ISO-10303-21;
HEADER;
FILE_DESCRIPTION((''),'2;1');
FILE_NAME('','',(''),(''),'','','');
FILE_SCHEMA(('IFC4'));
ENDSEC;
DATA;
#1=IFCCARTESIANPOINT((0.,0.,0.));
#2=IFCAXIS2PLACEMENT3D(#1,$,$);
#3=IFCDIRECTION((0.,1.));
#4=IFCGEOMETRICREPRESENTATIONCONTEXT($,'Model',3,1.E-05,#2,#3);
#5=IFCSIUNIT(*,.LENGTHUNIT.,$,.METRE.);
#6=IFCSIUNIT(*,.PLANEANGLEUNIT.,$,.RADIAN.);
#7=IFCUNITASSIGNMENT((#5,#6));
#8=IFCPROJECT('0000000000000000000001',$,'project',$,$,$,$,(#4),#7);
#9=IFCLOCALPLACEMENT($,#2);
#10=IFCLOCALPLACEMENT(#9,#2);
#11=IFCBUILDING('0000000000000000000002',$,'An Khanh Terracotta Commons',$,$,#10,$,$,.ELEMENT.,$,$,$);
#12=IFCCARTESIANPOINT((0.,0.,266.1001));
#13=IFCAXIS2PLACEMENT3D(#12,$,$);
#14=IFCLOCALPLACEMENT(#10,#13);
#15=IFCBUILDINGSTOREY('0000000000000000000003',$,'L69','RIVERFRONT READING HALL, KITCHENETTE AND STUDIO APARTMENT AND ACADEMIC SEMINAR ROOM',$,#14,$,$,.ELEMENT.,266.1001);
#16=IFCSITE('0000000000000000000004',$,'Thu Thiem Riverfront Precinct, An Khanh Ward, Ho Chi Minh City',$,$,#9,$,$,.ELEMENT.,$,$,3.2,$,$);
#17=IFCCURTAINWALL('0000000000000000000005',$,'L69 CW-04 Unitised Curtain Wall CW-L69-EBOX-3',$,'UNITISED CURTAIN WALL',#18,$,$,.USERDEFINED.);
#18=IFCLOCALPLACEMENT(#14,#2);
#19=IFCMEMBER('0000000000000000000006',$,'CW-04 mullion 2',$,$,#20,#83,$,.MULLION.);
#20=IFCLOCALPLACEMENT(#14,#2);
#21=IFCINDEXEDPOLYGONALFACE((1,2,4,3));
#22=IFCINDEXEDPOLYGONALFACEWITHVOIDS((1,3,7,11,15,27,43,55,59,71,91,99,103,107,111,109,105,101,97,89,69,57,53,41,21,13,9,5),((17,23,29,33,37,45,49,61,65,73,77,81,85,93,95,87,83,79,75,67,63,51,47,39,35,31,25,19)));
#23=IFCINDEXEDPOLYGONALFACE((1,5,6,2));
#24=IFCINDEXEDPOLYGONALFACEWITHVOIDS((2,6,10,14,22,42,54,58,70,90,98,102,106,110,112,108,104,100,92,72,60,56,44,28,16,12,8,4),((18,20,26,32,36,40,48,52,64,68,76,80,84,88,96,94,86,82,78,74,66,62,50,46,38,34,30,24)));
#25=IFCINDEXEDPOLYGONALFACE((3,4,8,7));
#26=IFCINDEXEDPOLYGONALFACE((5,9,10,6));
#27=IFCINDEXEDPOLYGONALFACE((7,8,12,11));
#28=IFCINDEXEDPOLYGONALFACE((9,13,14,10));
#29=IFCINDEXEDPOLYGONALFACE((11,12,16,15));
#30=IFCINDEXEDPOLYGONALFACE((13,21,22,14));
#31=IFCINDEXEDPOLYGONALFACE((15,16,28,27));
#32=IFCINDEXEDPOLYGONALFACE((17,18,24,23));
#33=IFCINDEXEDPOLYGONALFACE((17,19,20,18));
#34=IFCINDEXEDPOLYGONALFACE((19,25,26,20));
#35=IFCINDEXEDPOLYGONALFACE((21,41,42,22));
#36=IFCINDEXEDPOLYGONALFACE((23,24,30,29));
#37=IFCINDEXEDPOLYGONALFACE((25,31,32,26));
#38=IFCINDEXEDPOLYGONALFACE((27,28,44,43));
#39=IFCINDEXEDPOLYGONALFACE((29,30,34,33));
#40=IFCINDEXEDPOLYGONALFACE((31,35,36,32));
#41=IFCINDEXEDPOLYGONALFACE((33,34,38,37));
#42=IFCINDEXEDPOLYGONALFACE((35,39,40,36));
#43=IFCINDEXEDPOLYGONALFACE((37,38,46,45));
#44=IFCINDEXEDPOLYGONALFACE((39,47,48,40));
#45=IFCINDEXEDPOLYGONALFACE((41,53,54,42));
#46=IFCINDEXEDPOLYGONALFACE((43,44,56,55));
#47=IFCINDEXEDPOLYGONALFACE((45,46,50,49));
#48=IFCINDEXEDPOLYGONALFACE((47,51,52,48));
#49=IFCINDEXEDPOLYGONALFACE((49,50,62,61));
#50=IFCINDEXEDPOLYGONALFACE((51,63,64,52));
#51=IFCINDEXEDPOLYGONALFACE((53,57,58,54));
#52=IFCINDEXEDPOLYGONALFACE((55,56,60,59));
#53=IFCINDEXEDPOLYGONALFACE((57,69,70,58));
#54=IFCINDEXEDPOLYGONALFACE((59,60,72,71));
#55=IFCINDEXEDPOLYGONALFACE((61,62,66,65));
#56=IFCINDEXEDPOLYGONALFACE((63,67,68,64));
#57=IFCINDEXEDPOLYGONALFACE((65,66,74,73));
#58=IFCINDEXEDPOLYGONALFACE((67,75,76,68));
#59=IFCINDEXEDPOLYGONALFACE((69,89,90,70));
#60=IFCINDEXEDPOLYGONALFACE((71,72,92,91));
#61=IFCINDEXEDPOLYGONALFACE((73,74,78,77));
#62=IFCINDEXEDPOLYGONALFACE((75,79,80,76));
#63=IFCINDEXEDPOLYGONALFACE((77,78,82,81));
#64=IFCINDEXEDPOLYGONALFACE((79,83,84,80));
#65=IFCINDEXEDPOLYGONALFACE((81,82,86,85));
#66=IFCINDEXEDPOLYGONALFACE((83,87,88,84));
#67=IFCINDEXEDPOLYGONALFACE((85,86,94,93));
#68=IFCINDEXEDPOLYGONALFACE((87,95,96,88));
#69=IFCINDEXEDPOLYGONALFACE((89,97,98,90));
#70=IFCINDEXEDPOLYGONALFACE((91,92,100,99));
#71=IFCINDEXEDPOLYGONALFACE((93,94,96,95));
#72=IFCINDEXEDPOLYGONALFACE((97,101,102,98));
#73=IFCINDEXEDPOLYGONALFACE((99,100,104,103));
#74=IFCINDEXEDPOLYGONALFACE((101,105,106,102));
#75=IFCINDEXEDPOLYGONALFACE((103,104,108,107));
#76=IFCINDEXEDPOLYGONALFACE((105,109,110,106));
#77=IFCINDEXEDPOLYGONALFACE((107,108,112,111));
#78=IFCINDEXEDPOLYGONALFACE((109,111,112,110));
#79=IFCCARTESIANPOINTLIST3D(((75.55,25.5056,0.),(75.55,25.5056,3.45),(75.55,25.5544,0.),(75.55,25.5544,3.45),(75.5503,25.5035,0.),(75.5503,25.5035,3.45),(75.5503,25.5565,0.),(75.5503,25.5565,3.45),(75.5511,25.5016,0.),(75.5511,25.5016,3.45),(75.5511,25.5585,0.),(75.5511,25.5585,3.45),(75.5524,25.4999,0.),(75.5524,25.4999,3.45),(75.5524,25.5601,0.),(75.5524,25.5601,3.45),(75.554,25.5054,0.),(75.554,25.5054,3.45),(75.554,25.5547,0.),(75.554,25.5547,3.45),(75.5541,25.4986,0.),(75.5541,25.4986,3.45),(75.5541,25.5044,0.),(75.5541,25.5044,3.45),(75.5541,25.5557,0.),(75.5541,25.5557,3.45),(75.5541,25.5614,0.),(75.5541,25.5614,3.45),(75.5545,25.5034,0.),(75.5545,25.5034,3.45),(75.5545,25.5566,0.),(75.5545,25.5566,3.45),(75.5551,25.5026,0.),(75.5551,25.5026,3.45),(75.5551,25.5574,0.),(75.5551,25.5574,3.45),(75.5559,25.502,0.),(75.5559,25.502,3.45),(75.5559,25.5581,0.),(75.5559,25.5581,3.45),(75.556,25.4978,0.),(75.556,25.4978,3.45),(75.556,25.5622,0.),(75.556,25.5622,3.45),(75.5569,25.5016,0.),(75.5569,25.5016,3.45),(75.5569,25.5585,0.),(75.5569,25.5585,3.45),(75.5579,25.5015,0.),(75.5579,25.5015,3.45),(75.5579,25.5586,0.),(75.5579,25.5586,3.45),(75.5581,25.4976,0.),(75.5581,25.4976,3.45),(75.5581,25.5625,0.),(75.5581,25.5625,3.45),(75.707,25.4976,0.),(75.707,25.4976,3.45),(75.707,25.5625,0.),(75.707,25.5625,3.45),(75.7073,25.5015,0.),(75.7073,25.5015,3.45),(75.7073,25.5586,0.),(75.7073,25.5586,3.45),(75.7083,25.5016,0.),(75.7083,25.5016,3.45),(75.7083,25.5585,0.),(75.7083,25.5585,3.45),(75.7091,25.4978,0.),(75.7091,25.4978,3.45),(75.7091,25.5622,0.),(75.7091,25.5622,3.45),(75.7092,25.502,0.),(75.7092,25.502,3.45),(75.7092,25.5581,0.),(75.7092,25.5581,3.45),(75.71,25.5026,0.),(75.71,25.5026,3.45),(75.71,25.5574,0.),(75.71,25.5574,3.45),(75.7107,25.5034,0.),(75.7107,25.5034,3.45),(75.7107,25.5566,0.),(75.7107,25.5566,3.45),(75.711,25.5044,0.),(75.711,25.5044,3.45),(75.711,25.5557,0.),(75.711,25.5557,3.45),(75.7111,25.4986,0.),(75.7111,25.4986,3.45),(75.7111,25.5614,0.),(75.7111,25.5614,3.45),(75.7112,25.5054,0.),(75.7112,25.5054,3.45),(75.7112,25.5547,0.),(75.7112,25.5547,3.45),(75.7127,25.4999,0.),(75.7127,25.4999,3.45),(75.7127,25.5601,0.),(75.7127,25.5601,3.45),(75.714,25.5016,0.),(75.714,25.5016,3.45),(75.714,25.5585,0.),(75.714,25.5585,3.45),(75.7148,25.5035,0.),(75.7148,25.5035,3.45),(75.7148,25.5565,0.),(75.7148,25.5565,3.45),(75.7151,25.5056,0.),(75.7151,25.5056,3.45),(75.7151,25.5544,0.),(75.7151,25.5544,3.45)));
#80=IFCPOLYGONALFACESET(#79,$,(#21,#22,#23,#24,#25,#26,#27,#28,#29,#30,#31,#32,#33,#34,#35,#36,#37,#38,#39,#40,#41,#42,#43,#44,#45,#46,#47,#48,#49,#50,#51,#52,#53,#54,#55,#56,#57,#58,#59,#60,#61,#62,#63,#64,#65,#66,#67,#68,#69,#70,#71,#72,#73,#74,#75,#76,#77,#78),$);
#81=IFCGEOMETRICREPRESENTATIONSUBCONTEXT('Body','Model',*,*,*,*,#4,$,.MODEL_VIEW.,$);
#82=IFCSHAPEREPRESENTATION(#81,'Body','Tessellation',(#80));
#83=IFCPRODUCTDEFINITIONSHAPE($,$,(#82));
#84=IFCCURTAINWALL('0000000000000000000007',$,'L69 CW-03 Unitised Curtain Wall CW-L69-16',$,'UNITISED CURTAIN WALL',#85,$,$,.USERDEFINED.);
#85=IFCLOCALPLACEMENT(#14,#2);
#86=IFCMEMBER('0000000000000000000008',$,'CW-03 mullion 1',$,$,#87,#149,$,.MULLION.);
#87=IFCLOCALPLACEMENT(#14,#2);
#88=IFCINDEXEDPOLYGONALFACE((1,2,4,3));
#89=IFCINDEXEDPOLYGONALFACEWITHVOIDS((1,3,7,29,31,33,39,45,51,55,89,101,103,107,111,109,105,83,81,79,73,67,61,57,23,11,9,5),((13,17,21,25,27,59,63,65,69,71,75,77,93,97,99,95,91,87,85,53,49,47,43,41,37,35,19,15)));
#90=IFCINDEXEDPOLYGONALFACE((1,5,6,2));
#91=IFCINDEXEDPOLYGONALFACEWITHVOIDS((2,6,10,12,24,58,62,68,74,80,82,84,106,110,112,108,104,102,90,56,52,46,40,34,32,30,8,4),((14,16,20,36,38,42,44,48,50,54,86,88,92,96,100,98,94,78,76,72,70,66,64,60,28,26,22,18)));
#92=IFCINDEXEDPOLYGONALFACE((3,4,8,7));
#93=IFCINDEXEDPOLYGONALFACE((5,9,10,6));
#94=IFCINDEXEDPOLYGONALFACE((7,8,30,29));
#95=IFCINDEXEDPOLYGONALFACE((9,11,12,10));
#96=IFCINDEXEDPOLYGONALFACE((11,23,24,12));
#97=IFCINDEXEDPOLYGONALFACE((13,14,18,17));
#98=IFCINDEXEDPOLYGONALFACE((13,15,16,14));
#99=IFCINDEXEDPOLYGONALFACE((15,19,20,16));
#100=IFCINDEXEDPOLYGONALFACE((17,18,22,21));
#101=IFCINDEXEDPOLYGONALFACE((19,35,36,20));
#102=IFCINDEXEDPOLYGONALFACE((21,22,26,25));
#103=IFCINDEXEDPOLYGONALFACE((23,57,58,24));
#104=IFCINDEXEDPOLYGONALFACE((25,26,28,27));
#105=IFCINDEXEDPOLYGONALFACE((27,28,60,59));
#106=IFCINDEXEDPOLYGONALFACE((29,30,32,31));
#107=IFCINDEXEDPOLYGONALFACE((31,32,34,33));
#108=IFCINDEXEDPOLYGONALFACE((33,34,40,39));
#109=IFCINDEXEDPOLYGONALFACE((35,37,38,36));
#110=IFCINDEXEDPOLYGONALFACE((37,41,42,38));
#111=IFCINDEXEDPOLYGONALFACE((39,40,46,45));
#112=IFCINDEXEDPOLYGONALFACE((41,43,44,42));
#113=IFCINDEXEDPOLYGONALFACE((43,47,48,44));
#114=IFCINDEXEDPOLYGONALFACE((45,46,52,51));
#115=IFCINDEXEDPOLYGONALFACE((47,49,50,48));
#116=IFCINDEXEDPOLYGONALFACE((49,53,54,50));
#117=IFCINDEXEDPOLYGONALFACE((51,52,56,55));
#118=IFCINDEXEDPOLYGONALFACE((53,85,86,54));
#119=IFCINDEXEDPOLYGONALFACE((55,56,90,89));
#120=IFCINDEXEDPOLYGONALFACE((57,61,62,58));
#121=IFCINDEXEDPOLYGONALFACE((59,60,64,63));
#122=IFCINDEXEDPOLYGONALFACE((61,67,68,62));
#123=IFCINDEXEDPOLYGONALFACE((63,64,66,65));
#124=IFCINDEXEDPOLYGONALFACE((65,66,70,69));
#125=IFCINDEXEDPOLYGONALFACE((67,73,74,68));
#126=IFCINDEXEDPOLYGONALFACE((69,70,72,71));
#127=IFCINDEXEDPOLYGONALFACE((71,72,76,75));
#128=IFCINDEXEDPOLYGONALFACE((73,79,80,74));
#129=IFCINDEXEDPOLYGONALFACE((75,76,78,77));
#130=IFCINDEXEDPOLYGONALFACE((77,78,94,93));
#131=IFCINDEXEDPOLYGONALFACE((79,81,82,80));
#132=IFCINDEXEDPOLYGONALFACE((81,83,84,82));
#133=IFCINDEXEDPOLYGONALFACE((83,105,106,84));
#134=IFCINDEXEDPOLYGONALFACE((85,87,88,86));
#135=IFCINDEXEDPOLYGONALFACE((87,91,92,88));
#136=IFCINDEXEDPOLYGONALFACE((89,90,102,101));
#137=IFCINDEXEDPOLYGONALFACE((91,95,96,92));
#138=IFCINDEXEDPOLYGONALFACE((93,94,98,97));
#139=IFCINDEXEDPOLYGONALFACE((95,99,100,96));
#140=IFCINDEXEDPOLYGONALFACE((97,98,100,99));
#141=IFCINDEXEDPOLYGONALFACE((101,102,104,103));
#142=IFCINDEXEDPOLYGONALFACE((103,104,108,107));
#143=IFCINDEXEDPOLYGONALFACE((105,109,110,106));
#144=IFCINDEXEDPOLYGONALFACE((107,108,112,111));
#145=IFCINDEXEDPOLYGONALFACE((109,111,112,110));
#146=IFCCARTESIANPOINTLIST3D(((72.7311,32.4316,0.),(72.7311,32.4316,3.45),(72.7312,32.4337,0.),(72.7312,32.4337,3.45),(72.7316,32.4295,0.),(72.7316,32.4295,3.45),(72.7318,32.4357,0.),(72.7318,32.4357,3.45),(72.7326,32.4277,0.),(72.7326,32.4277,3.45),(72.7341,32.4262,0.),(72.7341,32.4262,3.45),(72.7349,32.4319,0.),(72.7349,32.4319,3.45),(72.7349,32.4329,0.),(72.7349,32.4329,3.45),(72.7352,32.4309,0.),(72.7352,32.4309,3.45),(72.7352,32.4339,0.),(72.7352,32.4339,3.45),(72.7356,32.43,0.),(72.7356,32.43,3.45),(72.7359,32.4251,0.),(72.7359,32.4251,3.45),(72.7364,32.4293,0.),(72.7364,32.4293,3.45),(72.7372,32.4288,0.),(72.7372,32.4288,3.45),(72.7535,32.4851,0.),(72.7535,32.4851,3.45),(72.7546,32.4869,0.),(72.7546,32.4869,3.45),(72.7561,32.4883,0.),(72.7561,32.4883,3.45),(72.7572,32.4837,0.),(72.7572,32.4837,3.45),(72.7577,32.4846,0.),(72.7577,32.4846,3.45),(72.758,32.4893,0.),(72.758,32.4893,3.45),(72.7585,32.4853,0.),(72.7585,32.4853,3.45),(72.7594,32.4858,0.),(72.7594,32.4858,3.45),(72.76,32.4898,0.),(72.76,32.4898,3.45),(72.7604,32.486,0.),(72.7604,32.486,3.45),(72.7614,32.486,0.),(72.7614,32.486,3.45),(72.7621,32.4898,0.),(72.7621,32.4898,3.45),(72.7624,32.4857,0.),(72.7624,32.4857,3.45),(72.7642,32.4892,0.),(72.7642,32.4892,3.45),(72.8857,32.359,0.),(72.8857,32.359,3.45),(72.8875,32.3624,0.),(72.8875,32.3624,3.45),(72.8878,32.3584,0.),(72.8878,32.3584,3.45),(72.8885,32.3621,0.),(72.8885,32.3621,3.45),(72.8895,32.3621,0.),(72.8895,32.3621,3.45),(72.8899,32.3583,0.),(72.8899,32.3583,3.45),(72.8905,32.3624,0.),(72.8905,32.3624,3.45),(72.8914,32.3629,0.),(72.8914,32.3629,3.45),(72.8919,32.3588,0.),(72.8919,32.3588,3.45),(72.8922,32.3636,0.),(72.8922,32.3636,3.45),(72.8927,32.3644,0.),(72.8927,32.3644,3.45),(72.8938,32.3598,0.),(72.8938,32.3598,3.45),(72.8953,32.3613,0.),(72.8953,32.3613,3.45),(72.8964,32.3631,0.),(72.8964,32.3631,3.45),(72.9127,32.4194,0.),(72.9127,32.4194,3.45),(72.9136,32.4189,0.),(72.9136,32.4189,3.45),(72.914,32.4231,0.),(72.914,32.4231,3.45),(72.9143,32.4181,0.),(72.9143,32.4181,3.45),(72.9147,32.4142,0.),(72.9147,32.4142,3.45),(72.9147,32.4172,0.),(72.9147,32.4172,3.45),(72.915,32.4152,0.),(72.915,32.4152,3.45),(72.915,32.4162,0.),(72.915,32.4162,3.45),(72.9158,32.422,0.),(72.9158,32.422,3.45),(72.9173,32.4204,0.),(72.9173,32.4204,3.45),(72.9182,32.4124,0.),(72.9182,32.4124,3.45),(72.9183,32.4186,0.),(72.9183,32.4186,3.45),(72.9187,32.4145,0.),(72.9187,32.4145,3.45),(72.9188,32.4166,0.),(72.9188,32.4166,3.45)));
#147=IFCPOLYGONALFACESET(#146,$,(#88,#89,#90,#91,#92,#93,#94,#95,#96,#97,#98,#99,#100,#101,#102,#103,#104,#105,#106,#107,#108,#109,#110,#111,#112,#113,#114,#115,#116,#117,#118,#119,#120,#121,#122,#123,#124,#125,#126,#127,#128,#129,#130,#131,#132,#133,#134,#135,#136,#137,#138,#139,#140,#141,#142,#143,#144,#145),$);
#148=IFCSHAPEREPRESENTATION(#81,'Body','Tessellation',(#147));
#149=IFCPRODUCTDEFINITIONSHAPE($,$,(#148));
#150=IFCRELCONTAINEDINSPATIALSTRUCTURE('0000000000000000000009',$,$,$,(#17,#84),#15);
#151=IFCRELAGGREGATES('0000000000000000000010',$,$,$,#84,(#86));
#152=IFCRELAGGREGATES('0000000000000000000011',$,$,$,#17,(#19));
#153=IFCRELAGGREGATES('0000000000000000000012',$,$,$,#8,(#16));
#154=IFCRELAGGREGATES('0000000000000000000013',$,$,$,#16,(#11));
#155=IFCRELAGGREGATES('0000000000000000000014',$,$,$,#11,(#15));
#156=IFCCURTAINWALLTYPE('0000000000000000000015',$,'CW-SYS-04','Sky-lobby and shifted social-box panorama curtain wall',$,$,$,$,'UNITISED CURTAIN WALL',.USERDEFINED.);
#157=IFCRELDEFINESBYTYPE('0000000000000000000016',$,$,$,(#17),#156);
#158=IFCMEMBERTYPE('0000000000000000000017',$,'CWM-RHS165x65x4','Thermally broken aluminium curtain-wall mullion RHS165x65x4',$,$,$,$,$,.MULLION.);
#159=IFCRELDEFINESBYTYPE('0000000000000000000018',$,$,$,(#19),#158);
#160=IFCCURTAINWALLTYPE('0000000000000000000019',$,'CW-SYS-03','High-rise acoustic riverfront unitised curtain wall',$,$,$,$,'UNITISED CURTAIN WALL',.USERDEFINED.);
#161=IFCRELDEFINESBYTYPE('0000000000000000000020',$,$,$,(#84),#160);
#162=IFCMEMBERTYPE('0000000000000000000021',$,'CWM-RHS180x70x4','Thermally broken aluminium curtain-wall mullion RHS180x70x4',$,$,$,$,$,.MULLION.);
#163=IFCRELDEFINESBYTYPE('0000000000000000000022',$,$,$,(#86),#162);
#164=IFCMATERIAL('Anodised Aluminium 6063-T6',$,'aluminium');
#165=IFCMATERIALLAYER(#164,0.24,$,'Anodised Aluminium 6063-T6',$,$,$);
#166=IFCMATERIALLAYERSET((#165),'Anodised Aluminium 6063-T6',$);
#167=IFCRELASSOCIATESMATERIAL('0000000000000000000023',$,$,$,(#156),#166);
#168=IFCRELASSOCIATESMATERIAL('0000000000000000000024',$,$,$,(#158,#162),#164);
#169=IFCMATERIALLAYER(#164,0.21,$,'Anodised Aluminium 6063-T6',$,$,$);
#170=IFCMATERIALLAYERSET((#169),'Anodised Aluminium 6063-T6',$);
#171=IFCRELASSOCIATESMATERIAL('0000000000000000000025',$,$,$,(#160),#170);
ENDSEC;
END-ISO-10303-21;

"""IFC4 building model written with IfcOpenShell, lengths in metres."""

from ifc_helpers import new_model, si_unit, direction, frame, origin, origin_2d, place, context, subcontext, project, spatial, hollow_rectangle, extrude, material, layer, layer_set, material_profile, profile_set, type_object, element, aggregate, save


model = new_model("IFC4")

# Units and contexts
model_context = context("Model", 3, precision=1e-05, world=origin(), true_north=direction((0.0, 1.0)))
body_context = subcontext(model_context, "Body", "Model", "MODEL_VIEW")
ifc_project = project(units=[si_unit("LENGTHUNIT", "METRE"), si_unit("PLANEANGLEUNIT", "RADIAN")], contexts=[model_context])

# Site, building, storey
site_placement = place(None, origin())
site = spatial("IfcSite", under=ifc_project, at=site_placement, Name="Thu Thiem Riverfront Precinct, An Khanh Ward, Ho Chi Minh City", CompositionType="ELEMENT", RefElevation=3.2)
building_placement = place(site_placement, origin())
building = spatial("IfcBuilding", under=site, at=building_placement, Name="An Khanh Terracotta Commons", CompositionType="ELEMENT")
storey_placement = place(building_placement, frame((0.0, 0.0, 266.1001)))
storey = spatial("IfcBuildingStorey", under=building, at=storey_placement, Name="L69", Description="RIVERFRONT READING HALL, KITCHENETTE AND STUDIO APARTMENT AND ACADEMIC SEMINAR ROOM", CompositionType="ELEMENT", Elevation=266.1001)

# Shared definitions
ifc_material_1 = material(Name="Anodised Aluminium 6063-T6", Category="aluminium")
ifc_layer_1 = layer(ifc_material_1, 0.24, Name="Anodised Aluminium 6063-T6")
ifc_layer_set_1 = layer_set([ifc_layer_1], Name="Anodised Aluminium 6063-T6")
curtain_wall_type_1 = type_object("IfcCurtainWallType", Name="CW-SYS-04", Description="Sky-lobby and shifted social-box panorama curtain wall", ElementType="UNITISED CURTAIN WALL", PredefinedType="USERDEFINED", material=ifc_layer_set_1)
ifc_material_profile_1 = material_profile(ifc_material_1, hollow_rectangle(XDim=0.0649, YDim=0.165, WallThickness=0.0039, InnerFilletRadius=0.0039, OuterFilletRadius=0.0081, at=origin_2d()), Name="RHS165x65x4")
ifc_profile_set_1 = profile_set([ifc_material_profile_1], Name="Anodised Aluminium 6063-T6")
member_type_1 = type_object("IfcMemberType", Name="CWM-RHS165x65x4", Description="Thermally broken aluminium curtain-wall mullion RHS165x65x4", PredefinedType="MULLION", material=ifc_profile_set_1)

# Curtain walls, members
curtain_wall_1_placement = place(storey_placement, origin())
curtain_wall_1 = element("IfcCurtainWall", 1, at=curtain_wall_1_placement, inside=storey, type_object=curtain_wall_type_1, Name="L69 CW-04 Unitised Curtain Wall CW-L69-EBOX-3", ObjectType="UNITISED CURTAIN WALL", PredefinedType="USERDEFINED")
member_1_placement = place(storey_placement, frame((75.6326, 25.53, 0.0), z_axis=(0.0, 0.0, 1.0), x_axis=(0.0, -1.0, 0.0)))
member_1 = element("IfcMember", 2, at=member_1_placement, type_object=member_type_1, Name="CW-04 mullion 2", PredefinedType="MULLION", context=body_context, shape_type="SweptSolid", body=[
    extrude(hollow_rectangle(XDim=0.0649, YDim=0.165, WallThickness=0.0039, InnerFilletRadius=0.0039, OuterFilletRadius=0.0081, at=origin_2d()), origin(), (0.0, 0.0, 1.0), 3.45),
])
ifc_layer_2 = layer(ifc_material_1, 0.21, Name="Anodised Aluminium 6063-T6")
ifc_layer_set_2 = layer_set([ifc_layer_2], Name="Anodised Aluminium 6063-T6")
curtain_wall_type_2 = type_object("IfcCurtainWallType", Name="CW-SYS-03", Description="High-rise acoustic riverfront unitised curtain wall", ElementType="UNITISED CURTAIN WALL", PredefinedType="USERDEFINED", material=ifc_layer_set_2)
curtain_wall_2_placement = place(storey_placement, origin())
curtain_wall_2 = element("IfcCurtainWall", 3, at=curtain_wall_2_placement, inside=storey, type_object=curtain_wall_type_2, Name="L69 CW-03 Unitised Curtain Wall CW-L69-16", ObjectType="UNITISED CURTAIN WALL", PredefinedType="USERDEFINED")
ifc_material_profile_2 = material_profile(ifc_material_1, hollow_rectangle(XDim=0.0701, YDim=0.1799, WallThickness=0.0039, InnerFilletRadius=0.0039, OuterFilletRadius=0.0081, at=origin_2d()), Name="RHS180x70x4")
ifc_profile_set_2 = profile_set([ifc_material_profile_2], Name="Anodised Aluminium 6063-T6")
member_type_2 = type_object("IfcMemberType", Name="CWM-RHS180x70x4", Description="Thermally broken aluminium curtain-wall mullion RHS180x70x4", PredefinedType="MULLION", material=ifc_profile_set_2)
member_2_placement = place(storey_placement, frame((72.825, 32.4241, 0.0), z_axis=(0.0, 0.0, 1.0), x_axis=(-0.403676, -0.914902, 0.0)))
member_2 = element("IfcMember", 4, at=member_2_placement, type_object=member_type_2, Name="CW-03 mullion 1", PredefinedType="MULLION", context=body_context, shape_type="SweptSolid", body=[
    extrude(hollow_rectangle(XDim=0.0701, YDim=0.1799, WallThickness=0.0039, InnerFilletRadius=0.0039, OuterFilletRadius=0.0081, at=origin_2d()), origin(), (0.0, 0.0, 1.0), 3.45),
])

aggregate(curtain_wall_2, [member_2])
aggregate(curtain_wall_1, [member_1])

save(model, "model.ifc")
